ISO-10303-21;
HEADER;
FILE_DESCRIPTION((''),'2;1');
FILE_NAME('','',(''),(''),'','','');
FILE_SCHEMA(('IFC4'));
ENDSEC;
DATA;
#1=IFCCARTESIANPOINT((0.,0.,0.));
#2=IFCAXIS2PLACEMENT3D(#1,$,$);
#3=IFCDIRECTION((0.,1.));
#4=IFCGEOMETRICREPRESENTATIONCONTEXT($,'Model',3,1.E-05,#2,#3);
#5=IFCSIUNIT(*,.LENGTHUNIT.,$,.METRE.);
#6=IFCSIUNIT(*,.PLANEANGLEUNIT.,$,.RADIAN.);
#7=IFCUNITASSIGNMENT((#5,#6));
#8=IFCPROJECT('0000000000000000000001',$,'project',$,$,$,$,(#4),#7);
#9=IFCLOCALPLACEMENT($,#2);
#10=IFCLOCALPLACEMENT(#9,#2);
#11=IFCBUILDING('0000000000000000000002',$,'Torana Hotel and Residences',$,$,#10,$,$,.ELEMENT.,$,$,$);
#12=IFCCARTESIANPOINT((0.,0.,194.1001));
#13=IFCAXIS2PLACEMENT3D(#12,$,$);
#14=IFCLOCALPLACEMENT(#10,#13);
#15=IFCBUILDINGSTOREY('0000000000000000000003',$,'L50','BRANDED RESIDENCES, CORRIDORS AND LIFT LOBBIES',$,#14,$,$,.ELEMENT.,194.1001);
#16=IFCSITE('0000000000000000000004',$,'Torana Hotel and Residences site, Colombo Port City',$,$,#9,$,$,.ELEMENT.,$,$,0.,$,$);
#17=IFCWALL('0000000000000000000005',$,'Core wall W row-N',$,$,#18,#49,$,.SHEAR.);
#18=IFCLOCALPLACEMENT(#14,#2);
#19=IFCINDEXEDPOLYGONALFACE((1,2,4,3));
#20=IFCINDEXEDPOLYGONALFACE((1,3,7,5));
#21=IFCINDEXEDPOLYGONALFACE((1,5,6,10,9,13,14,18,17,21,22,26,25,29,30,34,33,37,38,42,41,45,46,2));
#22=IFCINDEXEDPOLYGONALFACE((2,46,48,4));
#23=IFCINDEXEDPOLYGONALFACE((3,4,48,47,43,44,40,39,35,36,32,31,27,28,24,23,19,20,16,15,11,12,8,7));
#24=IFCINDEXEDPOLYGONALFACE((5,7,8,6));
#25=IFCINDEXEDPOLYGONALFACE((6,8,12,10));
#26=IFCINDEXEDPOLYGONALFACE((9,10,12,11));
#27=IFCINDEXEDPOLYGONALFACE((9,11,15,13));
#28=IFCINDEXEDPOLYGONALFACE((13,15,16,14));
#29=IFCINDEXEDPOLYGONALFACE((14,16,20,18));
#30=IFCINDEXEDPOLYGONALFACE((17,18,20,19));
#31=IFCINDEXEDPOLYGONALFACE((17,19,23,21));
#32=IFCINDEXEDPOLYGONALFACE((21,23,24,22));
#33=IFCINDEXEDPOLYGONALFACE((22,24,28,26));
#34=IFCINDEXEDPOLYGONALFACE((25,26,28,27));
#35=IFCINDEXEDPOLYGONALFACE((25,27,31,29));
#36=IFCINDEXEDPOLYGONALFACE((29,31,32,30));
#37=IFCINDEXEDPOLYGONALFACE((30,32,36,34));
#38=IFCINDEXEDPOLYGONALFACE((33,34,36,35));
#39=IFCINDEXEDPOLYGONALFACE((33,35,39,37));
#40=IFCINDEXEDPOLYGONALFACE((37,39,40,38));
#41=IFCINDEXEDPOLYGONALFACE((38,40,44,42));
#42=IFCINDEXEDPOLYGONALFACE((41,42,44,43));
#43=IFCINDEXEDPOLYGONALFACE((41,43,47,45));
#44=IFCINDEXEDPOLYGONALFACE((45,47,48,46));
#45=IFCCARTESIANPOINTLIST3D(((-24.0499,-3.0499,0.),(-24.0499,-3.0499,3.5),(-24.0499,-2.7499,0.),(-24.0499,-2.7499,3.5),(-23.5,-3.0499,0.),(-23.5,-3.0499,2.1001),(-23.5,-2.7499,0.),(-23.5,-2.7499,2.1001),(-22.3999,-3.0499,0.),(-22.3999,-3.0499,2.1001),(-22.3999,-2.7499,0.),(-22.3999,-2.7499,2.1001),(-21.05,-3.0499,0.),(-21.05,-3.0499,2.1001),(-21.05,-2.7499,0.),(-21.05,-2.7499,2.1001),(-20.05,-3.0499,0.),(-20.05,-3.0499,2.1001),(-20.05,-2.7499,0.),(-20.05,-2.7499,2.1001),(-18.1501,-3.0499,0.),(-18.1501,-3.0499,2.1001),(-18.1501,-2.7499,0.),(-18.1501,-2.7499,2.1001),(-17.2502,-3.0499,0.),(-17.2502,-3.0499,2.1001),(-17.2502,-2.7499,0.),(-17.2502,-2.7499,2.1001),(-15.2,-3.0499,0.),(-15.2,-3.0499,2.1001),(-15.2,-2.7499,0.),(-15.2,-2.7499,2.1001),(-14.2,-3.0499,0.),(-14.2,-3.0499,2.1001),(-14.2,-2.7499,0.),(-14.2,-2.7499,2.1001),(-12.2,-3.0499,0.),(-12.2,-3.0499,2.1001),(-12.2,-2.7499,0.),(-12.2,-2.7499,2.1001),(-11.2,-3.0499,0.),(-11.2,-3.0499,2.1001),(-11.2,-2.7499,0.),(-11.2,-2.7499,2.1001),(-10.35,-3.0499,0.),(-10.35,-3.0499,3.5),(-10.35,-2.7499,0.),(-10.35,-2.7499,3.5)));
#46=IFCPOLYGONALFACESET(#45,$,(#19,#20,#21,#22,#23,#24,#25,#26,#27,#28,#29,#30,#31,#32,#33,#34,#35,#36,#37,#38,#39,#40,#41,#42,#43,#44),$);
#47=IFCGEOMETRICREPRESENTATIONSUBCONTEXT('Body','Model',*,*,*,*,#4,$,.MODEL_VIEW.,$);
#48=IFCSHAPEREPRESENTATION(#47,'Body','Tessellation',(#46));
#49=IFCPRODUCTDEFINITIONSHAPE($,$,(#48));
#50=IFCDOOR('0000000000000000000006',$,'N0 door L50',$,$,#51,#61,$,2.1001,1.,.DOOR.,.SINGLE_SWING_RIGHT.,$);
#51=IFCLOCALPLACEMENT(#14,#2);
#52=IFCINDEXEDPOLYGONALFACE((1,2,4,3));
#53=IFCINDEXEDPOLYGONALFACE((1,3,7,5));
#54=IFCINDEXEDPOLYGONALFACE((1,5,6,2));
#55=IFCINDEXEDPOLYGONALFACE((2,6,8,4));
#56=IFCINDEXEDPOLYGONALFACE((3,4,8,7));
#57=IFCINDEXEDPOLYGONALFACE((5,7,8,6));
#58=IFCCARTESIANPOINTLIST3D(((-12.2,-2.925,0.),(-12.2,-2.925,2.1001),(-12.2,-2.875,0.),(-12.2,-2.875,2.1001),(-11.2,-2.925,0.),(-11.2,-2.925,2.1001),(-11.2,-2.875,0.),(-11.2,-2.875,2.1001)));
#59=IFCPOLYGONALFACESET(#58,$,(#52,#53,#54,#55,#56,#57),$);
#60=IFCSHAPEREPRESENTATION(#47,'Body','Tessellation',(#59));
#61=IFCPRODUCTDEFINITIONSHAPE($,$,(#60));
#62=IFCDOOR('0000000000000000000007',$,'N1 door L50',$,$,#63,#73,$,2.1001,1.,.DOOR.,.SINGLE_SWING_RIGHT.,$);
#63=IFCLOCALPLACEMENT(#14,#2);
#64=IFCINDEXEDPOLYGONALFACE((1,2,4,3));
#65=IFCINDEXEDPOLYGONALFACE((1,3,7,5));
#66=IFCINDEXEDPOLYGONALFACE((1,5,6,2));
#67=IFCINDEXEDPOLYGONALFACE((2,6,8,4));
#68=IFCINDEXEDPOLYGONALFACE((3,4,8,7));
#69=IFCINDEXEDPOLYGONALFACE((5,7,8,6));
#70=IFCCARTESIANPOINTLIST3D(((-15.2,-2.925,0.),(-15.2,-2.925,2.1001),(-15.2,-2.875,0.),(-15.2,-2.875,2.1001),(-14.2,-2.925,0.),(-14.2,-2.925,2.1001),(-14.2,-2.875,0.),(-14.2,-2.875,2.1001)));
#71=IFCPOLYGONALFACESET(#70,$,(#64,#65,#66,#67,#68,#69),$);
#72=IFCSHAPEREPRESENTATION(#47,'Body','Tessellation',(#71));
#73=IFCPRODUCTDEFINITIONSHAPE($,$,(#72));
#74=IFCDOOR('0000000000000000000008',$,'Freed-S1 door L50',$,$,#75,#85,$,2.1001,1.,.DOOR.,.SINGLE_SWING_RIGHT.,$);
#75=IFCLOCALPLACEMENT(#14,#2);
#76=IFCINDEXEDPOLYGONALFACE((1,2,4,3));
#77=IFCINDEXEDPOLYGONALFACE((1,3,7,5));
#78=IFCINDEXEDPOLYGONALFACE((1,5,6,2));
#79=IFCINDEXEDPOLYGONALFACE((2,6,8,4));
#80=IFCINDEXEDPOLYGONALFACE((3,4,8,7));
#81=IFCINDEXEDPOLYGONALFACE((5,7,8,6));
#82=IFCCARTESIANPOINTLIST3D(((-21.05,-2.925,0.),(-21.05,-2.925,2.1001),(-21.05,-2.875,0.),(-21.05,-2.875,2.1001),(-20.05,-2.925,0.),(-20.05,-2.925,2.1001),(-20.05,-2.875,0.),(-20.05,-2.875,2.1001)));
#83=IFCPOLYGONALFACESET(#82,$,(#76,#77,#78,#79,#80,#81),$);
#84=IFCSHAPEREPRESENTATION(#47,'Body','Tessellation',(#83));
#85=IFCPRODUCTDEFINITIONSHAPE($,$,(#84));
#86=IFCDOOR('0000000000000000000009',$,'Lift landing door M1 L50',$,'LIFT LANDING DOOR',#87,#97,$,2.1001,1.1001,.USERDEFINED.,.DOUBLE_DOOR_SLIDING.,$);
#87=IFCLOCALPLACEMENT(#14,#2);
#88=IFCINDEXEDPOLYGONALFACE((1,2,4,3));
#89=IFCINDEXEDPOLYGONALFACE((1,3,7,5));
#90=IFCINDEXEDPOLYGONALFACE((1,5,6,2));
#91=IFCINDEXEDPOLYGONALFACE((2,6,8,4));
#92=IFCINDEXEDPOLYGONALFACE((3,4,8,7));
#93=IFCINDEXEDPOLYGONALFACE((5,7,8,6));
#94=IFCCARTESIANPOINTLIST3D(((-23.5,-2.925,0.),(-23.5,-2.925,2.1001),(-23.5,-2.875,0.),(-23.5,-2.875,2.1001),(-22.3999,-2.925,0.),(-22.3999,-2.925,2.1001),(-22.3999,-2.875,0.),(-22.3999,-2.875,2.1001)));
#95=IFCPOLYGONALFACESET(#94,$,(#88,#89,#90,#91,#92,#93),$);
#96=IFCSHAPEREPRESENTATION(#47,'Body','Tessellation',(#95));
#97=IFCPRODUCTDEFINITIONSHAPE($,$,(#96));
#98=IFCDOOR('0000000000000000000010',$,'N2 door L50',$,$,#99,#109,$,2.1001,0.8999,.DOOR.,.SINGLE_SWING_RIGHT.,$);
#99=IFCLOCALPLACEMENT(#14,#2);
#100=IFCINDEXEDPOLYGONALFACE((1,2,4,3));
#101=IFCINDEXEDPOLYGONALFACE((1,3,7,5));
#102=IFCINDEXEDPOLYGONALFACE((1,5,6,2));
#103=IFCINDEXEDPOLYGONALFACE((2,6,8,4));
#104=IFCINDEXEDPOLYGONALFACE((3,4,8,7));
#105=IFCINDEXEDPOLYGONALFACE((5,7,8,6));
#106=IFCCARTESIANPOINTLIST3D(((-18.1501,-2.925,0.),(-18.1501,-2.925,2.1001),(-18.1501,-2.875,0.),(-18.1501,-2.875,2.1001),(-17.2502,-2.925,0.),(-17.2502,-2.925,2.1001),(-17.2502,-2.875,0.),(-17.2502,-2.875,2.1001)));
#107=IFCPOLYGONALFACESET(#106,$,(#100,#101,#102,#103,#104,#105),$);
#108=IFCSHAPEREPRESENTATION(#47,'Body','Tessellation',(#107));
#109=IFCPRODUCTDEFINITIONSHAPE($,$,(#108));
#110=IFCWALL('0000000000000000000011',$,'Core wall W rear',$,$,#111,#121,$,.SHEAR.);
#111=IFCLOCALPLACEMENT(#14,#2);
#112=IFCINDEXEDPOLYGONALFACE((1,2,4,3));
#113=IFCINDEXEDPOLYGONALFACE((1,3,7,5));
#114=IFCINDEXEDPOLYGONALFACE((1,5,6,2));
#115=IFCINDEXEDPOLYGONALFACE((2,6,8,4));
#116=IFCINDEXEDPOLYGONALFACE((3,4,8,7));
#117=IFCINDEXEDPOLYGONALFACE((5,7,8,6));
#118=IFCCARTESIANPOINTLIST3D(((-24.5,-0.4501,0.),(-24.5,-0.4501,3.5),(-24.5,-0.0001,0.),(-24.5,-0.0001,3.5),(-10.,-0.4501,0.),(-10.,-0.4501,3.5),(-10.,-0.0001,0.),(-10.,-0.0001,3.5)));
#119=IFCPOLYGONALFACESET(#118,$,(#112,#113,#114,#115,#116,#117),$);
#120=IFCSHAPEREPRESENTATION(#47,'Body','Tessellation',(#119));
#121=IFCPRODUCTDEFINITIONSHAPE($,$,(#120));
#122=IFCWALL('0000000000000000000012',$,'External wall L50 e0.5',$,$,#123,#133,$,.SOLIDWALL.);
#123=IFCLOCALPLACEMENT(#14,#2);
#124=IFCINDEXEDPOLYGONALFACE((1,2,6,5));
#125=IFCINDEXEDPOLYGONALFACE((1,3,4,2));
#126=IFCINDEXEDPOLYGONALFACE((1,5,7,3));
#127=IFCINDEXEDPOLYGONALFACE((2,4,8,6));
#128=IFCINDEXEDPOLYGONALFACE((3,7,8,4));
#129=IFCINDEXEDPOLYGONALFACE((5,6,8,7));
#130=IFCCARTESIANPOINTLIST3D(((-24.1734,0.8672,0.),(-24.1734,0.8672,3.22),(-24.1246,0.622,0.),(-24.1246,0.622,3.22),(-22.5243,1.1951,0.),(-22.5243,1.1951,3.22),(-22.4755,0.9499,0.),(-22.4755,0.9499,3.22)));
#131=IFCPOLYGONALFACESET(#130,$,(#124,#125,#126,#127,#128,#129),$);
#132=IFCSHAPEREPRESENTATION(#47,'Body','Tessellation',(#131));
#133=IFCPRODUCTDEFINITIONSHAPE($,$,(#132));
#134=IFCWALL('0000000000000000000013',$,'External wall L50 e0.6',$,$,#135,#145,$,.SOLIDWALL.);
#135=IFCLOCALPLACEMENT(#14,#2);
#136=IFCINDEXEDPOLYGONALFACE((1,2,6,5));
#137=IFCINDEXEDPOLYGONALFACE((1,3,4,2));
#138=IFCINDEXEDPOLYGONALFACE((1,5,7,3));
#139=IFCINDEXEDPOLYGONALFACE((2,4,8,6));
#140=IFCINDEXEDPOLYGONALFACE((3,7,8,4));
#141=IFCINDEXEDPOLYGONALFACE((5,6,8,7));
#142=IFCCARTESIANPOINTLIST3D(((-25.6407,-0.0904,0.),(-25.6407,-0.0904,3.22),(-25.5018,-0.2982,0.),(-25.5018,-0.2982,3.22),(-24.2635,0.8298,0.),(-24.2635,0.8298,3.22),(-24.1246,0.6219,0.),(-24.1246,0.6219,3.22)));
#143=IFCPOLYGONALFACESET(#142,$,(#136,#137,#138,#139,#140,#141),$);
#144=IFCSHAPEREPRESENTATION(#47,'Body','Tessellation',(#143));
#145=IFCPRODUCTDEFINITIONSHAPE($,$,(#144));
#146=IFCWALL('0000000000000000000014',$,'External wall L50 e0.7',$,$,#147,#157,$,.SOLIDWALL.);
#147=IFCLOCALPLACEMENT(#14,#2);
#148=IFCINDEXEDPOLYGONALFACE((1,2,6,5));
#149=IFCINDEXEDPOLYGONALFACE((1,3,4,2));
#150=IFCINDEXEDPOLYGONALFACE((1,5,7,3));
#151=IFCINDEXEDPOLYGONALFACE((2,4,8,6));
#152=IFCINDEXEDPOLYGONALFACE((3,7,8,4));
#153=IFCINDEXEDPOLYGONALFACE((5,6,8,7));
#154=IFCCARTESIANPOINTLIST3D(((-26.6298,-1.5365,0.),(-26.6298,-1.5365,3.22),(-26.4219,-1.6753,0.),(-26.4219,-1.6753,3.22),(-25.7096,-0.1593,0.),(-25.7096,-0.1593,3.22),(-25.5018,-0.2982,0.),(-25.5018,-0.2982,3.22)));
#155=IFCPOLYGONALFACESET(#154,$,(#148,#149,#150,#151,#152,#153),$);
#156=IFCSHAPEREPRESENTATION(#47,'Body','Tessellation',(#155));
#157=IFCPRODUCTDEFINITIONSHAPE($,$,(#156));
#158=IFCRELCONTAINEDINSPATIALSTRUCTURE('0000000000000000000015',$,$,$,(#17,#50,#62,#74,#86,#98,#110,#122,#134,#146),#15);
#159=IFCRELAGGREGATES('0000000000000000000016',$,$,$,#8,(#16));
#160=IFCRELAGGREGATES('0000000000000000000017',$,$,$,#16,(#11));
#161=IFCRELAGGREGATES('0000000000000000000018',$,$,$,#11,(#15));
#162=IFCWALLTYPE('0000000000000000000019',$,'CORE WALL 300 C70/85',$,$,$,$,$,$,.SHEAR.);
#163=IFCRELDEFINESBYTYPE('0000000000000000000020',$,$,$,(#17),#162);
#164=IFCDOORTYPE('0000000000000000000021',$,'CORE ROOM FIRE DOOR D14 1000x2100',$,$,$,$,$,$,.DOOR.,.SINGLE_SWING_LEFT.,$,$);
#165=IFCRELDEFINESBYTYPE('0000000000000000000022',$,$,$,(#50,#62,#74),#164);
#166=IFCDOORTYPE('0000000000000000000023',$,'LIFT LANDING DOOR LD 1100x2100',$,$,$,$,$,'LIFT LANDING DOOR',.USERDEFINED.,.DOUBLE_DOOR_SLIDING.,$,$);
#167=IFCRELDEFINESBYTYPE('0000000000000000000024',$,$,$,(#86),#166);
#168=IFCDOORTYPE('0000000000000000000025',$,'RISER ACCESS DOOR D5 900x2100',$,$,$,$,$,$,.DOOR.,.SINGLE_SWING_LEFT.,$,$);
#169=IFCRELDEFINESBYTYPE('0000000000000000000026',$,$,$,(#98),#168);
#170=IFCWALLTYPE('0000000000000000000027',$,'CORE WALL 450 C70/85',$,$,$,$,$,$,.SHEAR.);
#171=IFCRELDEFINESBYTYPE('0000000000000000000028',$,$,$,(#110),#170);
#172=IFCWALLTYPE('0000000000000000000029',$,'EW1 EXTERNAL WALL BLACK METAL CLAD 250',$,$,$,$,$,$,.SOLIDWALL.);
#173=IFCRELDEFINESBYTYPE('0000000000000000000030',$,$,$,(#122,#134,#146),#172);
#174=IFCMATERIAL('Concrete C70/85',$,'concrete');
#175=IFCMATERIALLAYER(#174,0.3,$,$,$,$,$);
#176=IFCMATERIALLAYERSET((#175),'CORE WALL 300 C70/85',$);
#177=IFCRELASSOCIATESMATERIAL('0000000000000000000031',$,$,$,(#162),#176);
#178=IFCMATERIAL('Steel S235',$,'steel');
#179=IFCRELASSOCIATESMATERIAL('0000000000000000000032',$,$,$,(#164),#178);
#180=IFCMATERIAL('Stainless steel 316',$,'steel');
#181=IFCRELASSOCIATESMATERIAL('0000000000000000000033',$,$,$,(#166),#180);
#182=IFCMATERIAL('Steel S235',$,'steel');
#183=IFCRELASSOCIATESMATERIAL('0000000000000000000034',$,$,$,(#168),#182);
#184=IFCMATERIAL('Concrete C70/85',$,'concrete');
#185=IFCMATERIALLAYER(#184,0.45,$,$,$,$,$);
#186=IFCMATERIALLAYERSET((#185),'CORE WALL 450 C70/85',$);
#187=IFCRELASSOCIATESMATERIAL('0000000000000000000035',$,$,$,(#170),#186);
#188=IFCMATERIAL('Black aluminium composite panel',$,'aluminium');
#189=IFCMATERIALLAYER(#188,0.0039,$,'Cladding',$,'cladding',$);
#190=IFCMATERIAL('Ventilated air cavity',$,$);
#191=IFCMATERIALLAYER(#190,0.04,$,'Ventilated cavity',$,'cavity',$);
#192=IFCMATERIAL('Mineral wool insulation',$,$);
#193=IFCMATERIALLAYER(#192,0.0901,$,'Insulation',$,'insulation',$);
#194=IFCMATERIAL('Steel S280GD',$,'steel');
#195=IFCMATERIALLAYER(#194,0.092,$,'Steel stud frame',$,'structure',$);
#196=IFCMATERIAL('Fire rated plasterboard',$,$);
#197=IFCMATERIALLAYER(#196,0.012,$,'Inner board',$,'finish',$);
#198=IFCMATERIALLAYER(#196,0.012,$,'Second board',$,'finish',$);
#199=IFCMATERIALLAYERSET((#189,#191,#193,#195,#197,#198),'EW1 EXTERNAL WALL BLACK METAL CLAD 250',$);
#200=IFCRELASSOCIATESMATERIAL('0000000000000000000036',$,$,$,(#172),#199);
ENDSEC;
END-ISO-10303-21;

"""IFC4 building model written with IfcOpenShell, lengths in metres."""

from ifc_helpers import new_model, si_unit, direction, frame, frame_2d, origin, place, context, subcontext, project, spatial, rectangle, extrude, material, layer, layer_set, type_object, element, fill, save


model = new_model("IFC4")

# Units and contexts
model_context = context("Model", 3, precision=1e-05, world=origin(), true_north=direction((0.0, 1.0)))
body_context = subcontext(model_context, "Body", "Model", "MODEL_VIEW")
ifc_project = project(units=[si_unit("LENGTHUNIT", "METRE"), si_unit("PLANEANGLEUNIT", "RADIAN")], contexts=[model_context])

# Site, building, storey
site_placement = place(None, origin())
site = spatial("IfcSite", under=ifc_project, at=site_placement, Name="Torana Hotel and Residences site, Colombo Port City", CompositionType="ELEMENT", RefElevation=0.0)
building_placement = place(site_placement, origin())
building = spatial("IfcBuilding", under=site, at=building_placement, Name="Torana Hotel and Residences", CompositionType="ELEMENT")
storey_placement = place(building_placement, frame((0.0, 0.0, 194.1001)))
storey = spatial("IfcBuildingStorey", under=building, at=storey_placement, Name="L50", Description="BRANDED RESIDENCES, CORRIDORS AND LIFT LOBBIES", CompositionType="ELEMENT", Elevation=194.1001)

# Wall, openings, doors
ifc_material_1 = material(Name="Concrete C70/85", Category="concrete")
ifc_layer_1 = layer(ifc_material_1, 0.3)
ifc_layer_set_1 = layer_set([ifc_layer_1], Name="CORE WALL 300 C70/85")
wall_type_1 = type_object("IfcWallType", Name="CORE WALL 300 C70/85", PredefinedType="SHEAR", material=ifc_layer_set_1)
wall_1_placement = place(storey_placement, frame((-24.05, -2.8999, 0.0), z_axis=(0.0, 0.0, 1.0), x_axis=(1.0, 0.0, 0.0)))
wall_1 = element("IfcWall", 1, at=wall_1_placement, inside=storey, type_object=wall_type_1, Name="Core wall W row-N", PredefinedType="SHEAR", context=body_context, shape_type="SweptSolid", body=[
    extrude(rectangle(XDim=13.7, YDim=0.3, at=frame_2d((6.8501, 0.0))), origin(), (0.0, 0.0, 1.0), 3.5),
])
opening_1_placement = place(wall_1_placement, frame((0.55, 0.0, 0.0)))
opening_1 = element("IfcOpeningElement", 2, at=opening_1_placement, cuts=wall_1, PredefinedType="OPENING", context=body_context, shape_type="SweptSolid", body=[
    extrude(rectangle(XDim=1.1001, YDim=2.1001, at=frame_2d((0.55, 1.05))), frame((0.0, 0.1599, 0.0), z_axis=(0.0, -1.0, 0.0), x_axis=(1.0, 0.0, 0.0)), (0.0, 0.0, 1.0), 0.3201),
])
opening_2_placement = place(wall_1_placement, frame((5.8999, 0.0, 0.0)))
opening_2 = element("IfcOpeningElement", 3, at=opening_2_placement, cuts=wall_1, PredefinedType="OPENING", context=body_context, shape_type="SweptSolid", body=[
    extrude(rectangle(XDim=0.8999, YDim=2.1001, at=frame_2d((0.45, 1.05))), frame((0.0, 0.1599, 0.0), z_axis=(0.0, -1.0, 0.0), x_axis=(1.0, 0.0, 0.0)), (0.0, 0.0, 1.0), 0.3201),
])
opening_3_placement = place(wall_1_placement, frame((11.8501, 0.0, 0.0)))
opening_3 = element("IfcOpeningElement", 4, at=opening_3_placement, cuts=wall_1, PredefinedType="OPENING", context=body_context, shape_type="SweptSolid", body=[
    extrude(rectangle(XDim=1.0, YDim=2.1001, at=frame_2d((0.5, 1.05))), frame((0.0, 0.1599, 0.0), z_axis=(0.0, -1.0, 0.0), x_axis=(1.0, 0.0, 0.0)), (0.0, 0.0, 1.0), 0.3201),
])
opening_4_placement = place(wall_1_placement, frame((8.8501, 0.0, 0.0)))
opening_4 = element("IfcOpeningElement", 5, at=opening_4_placement, cuts=wall_1, PredefinedType="OPENING", context=body_context, shape_type="SweptSolid", body=[
    extrude(rectangle(XDim=1.0, YDim=2.1001, at=frame_2d((0.5, 1.05))), frame((0.0, 0.1599, 0.0), z_axis=(0.0, -1.0, 0.0), x_axis=(1.0, 0.0, 0.0)), (0.0, 0.0, 1.0), 0.3201),
])
opening_5_placement = place(wall_1_placement, frame((3.0, 0.0, 0.0)))
opening_5 = element("IfcOpeningElement", 6, at=opening_5_placement, cuts=wall_1, PredefinedType="OPENING", context=body_context, shape_type="SweptSolid", body=[
    extrude(rectangle(XDim=1.0, YDim=2.1001, at=frame_2d((0.5, 1.05))), frame((0.0, 0.1599, 0.0), z_axis=(0.0, -1.0, 0.0), x_axis=(1.0, 0.0, 0.0)), (0.0, 0.0, 1.0), 0.3201),
])
ifc_material_2 = material(Name="Steel S235", Category="steel")
door_type_1 = type_object("IfcDoorType", Name="CORE ROOM FIRE DOOR D14 1000x2100", OperationType="SINGLE_SWING_LEFT", PredefinedType="DOOR", material=ifc_material_2)
door_1_placement = place(opening_3_placement, origin())
door_1 = element("IfcDoor", 7, at=door_1_placement, inside=storey, type_object=door_type_1, Name="N0 door L50", OperationType="SINGLE_SWING_RIGHT", OverallHeight=2.1001, OverallWidth=1.0, PredefinedType="DOOR", context=body_context, shape_type="SweptSolid", body=[
    extrude(rectangle(XDim=1.0, YDim=2.1001, at=frame_2d((0.5, 1.05))), frame((0.0, 0.0249, 0.0), z_axis=(0.0, -1.0, 0.0), x_axis=(1.0, 0.0, 0.0)), (0.0, 0.0, 1.0), 0.05),
])
fill(opening_3, door_1)
door_2_placement = place(opening_4_placement, origin())
door_2 = element("IfcDoor", 8, at=door_2_placement, inside=storey, type_object=door_type_1, Name="N1 door L50", OperationType="SINGLE_SWING_RIGHT", OverallHeight=2.1001, OverallWidth=1.0, PredefinedType="DOOR", context=body_context, shape_type="SweptSolid", body=[
    extrude(rectangle(XDim=1.0, YDim=2.1001, at=frame_2d((0.5, 1.05))), frame((0.0, 0.0249, 0.0), z_axis=(0.0, -1.0, 0.0), x_axis=(1.0, 0.0, 0.0)), (0.0, 0.0, 1.0), 0.05),
])
fill(opening_4, door_2)
door_3_placement = place(opening_5_placement, origin())
door_3 = element("IfcDoor", 9, at=door_3_placement, inside=storey, type_object=door_type_1, Name="Freed-S1 door L50", OperationType="SINGLE_SWING_RIGHT", OverallHeight=2.1001, OverallWidth=1.0, PredefinedType="DOOR", context=body_context, shape_type="SweptSolid", body=[
    extrude(rectangle(XDim=1.0, YDim=2.1001, at=frame_2d((0.5, 1.05))), frame((0.0, 0.0249, 0.0), z_axis=(0.0, -1.0, 0.0), x_axis=(1.0, 0.0, 0.0)), (0.0, 0.0, 1.0), 0.05),
])
fill(opening_5, door_3)
ifc_material_3 = material(Name="Stainless steel 316", Category="steel")
door_type_2 = type_object("IfcDoorType", Name="LIFT LANDING DOOR LD 1100x2100", ElementType="LIFT LANDING DOOR", OperationType="DOUBLE_DOOR_SLIDING", PredefinedType="USERDEFINED", material=ifc_material_3)
door_4_placement = place(opening_1_placement, origin())
door_4 = element("IfcDoor", 10, at=door_4_placement, inside=storey, type_object=door_type_2, Name="Lift landing door M1 L50", ObjectType="LIFT LANDING DOOR", OperationType="DOUBLE_DOOR_SLIDING", OverallHeight=2.1001, OverallWidth=1.1001, PredefinedType="USERDEFINED", context=body_context, shape_type="SweptSolid", body=[
    extrude(rectangle(XDim=1.1001, YDim=2.1001, at=frame_2d((0.55, 1.05))), frame((0.0, 0.0249, 0.0), z_axis=(0.0, -1.0, 0.0), x_axis=(1.0, 0.0, 0.0)), (0.0, 0.0, 1.0), 0.05),
])
fill(opening_1, door_4)
ifc_material_4 = material(Name="Steel S235", Category="steel")
door_type_3 = type_object("IfcDoorType", Name="RISER ACCESS DOOR D5 900x2100", OperationType="SINGLE_SWING_LEFT", PredefinedType="DOOR", material=ifc_material_4)
door_5_placement = place(opening_2_placement, origin())
door_5 = element("IfcDoor", 11, at=door_5_placement, inside=storey, type_object=door_type_3, Name="N2 door L50", OperationType="SINGLE_SWING_RIGHT", OverallHeight=2.1001, OverallWidth=0.8999, PredefinedType="DOOR", context=body_context, shape_type="SweptSolid", body=[
    extrude(rectangle(XDim=0.8999, YDim=2.1001, at=frame_2d((0.45, 1.05))), frame((0.0, 0.0249, 0.0), z_axis=(0.0, -1.0, 0.0), x_axis=(1.0, 0.0, 0.0)), (0.0, 0.0, 1.0), 0.05),
])
fill(opening_2, door_5)

# Walls
ifc_material_5 = material(Name="Concrete C70/85", Category="concrete")
ifc_layer_2 = layer(ifc_material_5, 0.45)
ifc_layer_set_2 = layer_set([ifc_layer_2], Name="CORE WALL 450 C70/85")
wall_type_2 = type_object("IfcWallType", Name="CORE WALL 450 C70/85", PredefinedType="SHEAR", material=ifc_layer_set_2)
wall_2_placement = place(storey_placement, frame((-24.5, -0.2251, 0.0), z_axis=(0.0, 0.0, 1.0), x_axis=(1.0, 0.0, 0.0)))
element("IfcWall", 12, at=wall_2_placement, inside=storey, type_object=wall_type_2, Name="Core wall W rear", PredefinedType="SHEAR", context=body_context, shape_type="SweptSolid", body=[
    extrude(rectangle(XDim=14.5, YDim=0.45, at=frame_2d((7.25, 0.0))), origin(), (0.0, 0.0, 1.0), 3.5),
])
ifc_material_6 = material(Name="Black aluminium composite panel", Category="aluminium")
ifc_layer_3 = layer(ifc_material_6, 0.0039, Name="Cladding", Category="cladding")
ifc_material_7 = material(Name="Ventilated air cavity")
ifc_layer_4 = layer(ifc_material_7, 0.04, Name="Ventilated cavity", Category="cavity")
ifc_material_8 = material(Name="Mineral wool insulation")
ifc_layer_5 = layer(ifc_material_8, 0.0901, Name="Insulation", Category="insulation")
ifc_material_9 = material(Name="Steel S280GD", Category="steel")
ifc_layer_6 = layer(ifc_material_9, 0.092, Name="Steel stud frame", Category="structure")
ifc_material_10 = material(Name="Fire rated plasterboard")
ifc_layer_7 = layer(ifc_material_10, 0.012, Name="Inner board", Category="finish")
ifc_layer_8 = layer(ifc_material_10, 0.012, Name="Second board", Category="finish")
ifc_layer_set_3 = layer_set([ifc_layer_3, ifc_layer_4, ifc_layer_5, ifc_layer_6, ifc_layer_7, ifc_layer_8], Name="EW1 EXTERNAL WALL BLACK METAL CLAD 250")
wall_type_3 = type_object("IfcWallType", Name="EW1 EXTERNAL WALL BLACK METAL CLAD 250", PredefinedType="SOLIDWALL", material=ifc_layer_set_3)
wall_3_placement = place(storey_placement, frame((-22.4998, 1.0725, 0.0), z_axis=(0.0, 0.0, 1.0), x_axis=(-0.980803, -0.194999, 0.0)))
element("IfcWall", 13, at=wall_3_placement, inside=storey, type_object=wall_type_3, Name="External wall L50 e0.5", PredefinedType="SOLIDWALL", context=body_context, shape_type="SweptSolid", body=[
    extrude(rectangle(XDim=1.6814, YDim=0.25, at=frame_2d((0.8408, 0.0))), origin(), (0.0, 0.0, 1.0), 3.22),
])
for number, where, z_axis, x_axis, name in (
    (14, (-24.1941, 0.7258, 0.0), (0.0, 0.0, 1.0), (-0.831483, -0.55555, 0.0), "External wall L50 e0.6"),
    (15, (-25.6057, -0.2288, 0.0), (0.0, 0.0, 1.0), (-0.55555, -0.831483, 0.0), "External wall L50 e0.7"),
):
    element("IfcWall", number, at=place(storey_placement, frame(where, z_axis=z_axis, x_axis=x_axis)), inside=storey, type_object=wall_type_3, Name=name, PredefinedType="SOLIDWALL", context=body_context, shape_type="SweptSolid", body=[
        extrude(rectangle(XDim=1.6562, YDim=0.25, at=frame_2d((0.8281, 0.0))), origin(), (0.0, 0.0, 1.0), 3.22),
    ])

save(model, "model.ifc")
